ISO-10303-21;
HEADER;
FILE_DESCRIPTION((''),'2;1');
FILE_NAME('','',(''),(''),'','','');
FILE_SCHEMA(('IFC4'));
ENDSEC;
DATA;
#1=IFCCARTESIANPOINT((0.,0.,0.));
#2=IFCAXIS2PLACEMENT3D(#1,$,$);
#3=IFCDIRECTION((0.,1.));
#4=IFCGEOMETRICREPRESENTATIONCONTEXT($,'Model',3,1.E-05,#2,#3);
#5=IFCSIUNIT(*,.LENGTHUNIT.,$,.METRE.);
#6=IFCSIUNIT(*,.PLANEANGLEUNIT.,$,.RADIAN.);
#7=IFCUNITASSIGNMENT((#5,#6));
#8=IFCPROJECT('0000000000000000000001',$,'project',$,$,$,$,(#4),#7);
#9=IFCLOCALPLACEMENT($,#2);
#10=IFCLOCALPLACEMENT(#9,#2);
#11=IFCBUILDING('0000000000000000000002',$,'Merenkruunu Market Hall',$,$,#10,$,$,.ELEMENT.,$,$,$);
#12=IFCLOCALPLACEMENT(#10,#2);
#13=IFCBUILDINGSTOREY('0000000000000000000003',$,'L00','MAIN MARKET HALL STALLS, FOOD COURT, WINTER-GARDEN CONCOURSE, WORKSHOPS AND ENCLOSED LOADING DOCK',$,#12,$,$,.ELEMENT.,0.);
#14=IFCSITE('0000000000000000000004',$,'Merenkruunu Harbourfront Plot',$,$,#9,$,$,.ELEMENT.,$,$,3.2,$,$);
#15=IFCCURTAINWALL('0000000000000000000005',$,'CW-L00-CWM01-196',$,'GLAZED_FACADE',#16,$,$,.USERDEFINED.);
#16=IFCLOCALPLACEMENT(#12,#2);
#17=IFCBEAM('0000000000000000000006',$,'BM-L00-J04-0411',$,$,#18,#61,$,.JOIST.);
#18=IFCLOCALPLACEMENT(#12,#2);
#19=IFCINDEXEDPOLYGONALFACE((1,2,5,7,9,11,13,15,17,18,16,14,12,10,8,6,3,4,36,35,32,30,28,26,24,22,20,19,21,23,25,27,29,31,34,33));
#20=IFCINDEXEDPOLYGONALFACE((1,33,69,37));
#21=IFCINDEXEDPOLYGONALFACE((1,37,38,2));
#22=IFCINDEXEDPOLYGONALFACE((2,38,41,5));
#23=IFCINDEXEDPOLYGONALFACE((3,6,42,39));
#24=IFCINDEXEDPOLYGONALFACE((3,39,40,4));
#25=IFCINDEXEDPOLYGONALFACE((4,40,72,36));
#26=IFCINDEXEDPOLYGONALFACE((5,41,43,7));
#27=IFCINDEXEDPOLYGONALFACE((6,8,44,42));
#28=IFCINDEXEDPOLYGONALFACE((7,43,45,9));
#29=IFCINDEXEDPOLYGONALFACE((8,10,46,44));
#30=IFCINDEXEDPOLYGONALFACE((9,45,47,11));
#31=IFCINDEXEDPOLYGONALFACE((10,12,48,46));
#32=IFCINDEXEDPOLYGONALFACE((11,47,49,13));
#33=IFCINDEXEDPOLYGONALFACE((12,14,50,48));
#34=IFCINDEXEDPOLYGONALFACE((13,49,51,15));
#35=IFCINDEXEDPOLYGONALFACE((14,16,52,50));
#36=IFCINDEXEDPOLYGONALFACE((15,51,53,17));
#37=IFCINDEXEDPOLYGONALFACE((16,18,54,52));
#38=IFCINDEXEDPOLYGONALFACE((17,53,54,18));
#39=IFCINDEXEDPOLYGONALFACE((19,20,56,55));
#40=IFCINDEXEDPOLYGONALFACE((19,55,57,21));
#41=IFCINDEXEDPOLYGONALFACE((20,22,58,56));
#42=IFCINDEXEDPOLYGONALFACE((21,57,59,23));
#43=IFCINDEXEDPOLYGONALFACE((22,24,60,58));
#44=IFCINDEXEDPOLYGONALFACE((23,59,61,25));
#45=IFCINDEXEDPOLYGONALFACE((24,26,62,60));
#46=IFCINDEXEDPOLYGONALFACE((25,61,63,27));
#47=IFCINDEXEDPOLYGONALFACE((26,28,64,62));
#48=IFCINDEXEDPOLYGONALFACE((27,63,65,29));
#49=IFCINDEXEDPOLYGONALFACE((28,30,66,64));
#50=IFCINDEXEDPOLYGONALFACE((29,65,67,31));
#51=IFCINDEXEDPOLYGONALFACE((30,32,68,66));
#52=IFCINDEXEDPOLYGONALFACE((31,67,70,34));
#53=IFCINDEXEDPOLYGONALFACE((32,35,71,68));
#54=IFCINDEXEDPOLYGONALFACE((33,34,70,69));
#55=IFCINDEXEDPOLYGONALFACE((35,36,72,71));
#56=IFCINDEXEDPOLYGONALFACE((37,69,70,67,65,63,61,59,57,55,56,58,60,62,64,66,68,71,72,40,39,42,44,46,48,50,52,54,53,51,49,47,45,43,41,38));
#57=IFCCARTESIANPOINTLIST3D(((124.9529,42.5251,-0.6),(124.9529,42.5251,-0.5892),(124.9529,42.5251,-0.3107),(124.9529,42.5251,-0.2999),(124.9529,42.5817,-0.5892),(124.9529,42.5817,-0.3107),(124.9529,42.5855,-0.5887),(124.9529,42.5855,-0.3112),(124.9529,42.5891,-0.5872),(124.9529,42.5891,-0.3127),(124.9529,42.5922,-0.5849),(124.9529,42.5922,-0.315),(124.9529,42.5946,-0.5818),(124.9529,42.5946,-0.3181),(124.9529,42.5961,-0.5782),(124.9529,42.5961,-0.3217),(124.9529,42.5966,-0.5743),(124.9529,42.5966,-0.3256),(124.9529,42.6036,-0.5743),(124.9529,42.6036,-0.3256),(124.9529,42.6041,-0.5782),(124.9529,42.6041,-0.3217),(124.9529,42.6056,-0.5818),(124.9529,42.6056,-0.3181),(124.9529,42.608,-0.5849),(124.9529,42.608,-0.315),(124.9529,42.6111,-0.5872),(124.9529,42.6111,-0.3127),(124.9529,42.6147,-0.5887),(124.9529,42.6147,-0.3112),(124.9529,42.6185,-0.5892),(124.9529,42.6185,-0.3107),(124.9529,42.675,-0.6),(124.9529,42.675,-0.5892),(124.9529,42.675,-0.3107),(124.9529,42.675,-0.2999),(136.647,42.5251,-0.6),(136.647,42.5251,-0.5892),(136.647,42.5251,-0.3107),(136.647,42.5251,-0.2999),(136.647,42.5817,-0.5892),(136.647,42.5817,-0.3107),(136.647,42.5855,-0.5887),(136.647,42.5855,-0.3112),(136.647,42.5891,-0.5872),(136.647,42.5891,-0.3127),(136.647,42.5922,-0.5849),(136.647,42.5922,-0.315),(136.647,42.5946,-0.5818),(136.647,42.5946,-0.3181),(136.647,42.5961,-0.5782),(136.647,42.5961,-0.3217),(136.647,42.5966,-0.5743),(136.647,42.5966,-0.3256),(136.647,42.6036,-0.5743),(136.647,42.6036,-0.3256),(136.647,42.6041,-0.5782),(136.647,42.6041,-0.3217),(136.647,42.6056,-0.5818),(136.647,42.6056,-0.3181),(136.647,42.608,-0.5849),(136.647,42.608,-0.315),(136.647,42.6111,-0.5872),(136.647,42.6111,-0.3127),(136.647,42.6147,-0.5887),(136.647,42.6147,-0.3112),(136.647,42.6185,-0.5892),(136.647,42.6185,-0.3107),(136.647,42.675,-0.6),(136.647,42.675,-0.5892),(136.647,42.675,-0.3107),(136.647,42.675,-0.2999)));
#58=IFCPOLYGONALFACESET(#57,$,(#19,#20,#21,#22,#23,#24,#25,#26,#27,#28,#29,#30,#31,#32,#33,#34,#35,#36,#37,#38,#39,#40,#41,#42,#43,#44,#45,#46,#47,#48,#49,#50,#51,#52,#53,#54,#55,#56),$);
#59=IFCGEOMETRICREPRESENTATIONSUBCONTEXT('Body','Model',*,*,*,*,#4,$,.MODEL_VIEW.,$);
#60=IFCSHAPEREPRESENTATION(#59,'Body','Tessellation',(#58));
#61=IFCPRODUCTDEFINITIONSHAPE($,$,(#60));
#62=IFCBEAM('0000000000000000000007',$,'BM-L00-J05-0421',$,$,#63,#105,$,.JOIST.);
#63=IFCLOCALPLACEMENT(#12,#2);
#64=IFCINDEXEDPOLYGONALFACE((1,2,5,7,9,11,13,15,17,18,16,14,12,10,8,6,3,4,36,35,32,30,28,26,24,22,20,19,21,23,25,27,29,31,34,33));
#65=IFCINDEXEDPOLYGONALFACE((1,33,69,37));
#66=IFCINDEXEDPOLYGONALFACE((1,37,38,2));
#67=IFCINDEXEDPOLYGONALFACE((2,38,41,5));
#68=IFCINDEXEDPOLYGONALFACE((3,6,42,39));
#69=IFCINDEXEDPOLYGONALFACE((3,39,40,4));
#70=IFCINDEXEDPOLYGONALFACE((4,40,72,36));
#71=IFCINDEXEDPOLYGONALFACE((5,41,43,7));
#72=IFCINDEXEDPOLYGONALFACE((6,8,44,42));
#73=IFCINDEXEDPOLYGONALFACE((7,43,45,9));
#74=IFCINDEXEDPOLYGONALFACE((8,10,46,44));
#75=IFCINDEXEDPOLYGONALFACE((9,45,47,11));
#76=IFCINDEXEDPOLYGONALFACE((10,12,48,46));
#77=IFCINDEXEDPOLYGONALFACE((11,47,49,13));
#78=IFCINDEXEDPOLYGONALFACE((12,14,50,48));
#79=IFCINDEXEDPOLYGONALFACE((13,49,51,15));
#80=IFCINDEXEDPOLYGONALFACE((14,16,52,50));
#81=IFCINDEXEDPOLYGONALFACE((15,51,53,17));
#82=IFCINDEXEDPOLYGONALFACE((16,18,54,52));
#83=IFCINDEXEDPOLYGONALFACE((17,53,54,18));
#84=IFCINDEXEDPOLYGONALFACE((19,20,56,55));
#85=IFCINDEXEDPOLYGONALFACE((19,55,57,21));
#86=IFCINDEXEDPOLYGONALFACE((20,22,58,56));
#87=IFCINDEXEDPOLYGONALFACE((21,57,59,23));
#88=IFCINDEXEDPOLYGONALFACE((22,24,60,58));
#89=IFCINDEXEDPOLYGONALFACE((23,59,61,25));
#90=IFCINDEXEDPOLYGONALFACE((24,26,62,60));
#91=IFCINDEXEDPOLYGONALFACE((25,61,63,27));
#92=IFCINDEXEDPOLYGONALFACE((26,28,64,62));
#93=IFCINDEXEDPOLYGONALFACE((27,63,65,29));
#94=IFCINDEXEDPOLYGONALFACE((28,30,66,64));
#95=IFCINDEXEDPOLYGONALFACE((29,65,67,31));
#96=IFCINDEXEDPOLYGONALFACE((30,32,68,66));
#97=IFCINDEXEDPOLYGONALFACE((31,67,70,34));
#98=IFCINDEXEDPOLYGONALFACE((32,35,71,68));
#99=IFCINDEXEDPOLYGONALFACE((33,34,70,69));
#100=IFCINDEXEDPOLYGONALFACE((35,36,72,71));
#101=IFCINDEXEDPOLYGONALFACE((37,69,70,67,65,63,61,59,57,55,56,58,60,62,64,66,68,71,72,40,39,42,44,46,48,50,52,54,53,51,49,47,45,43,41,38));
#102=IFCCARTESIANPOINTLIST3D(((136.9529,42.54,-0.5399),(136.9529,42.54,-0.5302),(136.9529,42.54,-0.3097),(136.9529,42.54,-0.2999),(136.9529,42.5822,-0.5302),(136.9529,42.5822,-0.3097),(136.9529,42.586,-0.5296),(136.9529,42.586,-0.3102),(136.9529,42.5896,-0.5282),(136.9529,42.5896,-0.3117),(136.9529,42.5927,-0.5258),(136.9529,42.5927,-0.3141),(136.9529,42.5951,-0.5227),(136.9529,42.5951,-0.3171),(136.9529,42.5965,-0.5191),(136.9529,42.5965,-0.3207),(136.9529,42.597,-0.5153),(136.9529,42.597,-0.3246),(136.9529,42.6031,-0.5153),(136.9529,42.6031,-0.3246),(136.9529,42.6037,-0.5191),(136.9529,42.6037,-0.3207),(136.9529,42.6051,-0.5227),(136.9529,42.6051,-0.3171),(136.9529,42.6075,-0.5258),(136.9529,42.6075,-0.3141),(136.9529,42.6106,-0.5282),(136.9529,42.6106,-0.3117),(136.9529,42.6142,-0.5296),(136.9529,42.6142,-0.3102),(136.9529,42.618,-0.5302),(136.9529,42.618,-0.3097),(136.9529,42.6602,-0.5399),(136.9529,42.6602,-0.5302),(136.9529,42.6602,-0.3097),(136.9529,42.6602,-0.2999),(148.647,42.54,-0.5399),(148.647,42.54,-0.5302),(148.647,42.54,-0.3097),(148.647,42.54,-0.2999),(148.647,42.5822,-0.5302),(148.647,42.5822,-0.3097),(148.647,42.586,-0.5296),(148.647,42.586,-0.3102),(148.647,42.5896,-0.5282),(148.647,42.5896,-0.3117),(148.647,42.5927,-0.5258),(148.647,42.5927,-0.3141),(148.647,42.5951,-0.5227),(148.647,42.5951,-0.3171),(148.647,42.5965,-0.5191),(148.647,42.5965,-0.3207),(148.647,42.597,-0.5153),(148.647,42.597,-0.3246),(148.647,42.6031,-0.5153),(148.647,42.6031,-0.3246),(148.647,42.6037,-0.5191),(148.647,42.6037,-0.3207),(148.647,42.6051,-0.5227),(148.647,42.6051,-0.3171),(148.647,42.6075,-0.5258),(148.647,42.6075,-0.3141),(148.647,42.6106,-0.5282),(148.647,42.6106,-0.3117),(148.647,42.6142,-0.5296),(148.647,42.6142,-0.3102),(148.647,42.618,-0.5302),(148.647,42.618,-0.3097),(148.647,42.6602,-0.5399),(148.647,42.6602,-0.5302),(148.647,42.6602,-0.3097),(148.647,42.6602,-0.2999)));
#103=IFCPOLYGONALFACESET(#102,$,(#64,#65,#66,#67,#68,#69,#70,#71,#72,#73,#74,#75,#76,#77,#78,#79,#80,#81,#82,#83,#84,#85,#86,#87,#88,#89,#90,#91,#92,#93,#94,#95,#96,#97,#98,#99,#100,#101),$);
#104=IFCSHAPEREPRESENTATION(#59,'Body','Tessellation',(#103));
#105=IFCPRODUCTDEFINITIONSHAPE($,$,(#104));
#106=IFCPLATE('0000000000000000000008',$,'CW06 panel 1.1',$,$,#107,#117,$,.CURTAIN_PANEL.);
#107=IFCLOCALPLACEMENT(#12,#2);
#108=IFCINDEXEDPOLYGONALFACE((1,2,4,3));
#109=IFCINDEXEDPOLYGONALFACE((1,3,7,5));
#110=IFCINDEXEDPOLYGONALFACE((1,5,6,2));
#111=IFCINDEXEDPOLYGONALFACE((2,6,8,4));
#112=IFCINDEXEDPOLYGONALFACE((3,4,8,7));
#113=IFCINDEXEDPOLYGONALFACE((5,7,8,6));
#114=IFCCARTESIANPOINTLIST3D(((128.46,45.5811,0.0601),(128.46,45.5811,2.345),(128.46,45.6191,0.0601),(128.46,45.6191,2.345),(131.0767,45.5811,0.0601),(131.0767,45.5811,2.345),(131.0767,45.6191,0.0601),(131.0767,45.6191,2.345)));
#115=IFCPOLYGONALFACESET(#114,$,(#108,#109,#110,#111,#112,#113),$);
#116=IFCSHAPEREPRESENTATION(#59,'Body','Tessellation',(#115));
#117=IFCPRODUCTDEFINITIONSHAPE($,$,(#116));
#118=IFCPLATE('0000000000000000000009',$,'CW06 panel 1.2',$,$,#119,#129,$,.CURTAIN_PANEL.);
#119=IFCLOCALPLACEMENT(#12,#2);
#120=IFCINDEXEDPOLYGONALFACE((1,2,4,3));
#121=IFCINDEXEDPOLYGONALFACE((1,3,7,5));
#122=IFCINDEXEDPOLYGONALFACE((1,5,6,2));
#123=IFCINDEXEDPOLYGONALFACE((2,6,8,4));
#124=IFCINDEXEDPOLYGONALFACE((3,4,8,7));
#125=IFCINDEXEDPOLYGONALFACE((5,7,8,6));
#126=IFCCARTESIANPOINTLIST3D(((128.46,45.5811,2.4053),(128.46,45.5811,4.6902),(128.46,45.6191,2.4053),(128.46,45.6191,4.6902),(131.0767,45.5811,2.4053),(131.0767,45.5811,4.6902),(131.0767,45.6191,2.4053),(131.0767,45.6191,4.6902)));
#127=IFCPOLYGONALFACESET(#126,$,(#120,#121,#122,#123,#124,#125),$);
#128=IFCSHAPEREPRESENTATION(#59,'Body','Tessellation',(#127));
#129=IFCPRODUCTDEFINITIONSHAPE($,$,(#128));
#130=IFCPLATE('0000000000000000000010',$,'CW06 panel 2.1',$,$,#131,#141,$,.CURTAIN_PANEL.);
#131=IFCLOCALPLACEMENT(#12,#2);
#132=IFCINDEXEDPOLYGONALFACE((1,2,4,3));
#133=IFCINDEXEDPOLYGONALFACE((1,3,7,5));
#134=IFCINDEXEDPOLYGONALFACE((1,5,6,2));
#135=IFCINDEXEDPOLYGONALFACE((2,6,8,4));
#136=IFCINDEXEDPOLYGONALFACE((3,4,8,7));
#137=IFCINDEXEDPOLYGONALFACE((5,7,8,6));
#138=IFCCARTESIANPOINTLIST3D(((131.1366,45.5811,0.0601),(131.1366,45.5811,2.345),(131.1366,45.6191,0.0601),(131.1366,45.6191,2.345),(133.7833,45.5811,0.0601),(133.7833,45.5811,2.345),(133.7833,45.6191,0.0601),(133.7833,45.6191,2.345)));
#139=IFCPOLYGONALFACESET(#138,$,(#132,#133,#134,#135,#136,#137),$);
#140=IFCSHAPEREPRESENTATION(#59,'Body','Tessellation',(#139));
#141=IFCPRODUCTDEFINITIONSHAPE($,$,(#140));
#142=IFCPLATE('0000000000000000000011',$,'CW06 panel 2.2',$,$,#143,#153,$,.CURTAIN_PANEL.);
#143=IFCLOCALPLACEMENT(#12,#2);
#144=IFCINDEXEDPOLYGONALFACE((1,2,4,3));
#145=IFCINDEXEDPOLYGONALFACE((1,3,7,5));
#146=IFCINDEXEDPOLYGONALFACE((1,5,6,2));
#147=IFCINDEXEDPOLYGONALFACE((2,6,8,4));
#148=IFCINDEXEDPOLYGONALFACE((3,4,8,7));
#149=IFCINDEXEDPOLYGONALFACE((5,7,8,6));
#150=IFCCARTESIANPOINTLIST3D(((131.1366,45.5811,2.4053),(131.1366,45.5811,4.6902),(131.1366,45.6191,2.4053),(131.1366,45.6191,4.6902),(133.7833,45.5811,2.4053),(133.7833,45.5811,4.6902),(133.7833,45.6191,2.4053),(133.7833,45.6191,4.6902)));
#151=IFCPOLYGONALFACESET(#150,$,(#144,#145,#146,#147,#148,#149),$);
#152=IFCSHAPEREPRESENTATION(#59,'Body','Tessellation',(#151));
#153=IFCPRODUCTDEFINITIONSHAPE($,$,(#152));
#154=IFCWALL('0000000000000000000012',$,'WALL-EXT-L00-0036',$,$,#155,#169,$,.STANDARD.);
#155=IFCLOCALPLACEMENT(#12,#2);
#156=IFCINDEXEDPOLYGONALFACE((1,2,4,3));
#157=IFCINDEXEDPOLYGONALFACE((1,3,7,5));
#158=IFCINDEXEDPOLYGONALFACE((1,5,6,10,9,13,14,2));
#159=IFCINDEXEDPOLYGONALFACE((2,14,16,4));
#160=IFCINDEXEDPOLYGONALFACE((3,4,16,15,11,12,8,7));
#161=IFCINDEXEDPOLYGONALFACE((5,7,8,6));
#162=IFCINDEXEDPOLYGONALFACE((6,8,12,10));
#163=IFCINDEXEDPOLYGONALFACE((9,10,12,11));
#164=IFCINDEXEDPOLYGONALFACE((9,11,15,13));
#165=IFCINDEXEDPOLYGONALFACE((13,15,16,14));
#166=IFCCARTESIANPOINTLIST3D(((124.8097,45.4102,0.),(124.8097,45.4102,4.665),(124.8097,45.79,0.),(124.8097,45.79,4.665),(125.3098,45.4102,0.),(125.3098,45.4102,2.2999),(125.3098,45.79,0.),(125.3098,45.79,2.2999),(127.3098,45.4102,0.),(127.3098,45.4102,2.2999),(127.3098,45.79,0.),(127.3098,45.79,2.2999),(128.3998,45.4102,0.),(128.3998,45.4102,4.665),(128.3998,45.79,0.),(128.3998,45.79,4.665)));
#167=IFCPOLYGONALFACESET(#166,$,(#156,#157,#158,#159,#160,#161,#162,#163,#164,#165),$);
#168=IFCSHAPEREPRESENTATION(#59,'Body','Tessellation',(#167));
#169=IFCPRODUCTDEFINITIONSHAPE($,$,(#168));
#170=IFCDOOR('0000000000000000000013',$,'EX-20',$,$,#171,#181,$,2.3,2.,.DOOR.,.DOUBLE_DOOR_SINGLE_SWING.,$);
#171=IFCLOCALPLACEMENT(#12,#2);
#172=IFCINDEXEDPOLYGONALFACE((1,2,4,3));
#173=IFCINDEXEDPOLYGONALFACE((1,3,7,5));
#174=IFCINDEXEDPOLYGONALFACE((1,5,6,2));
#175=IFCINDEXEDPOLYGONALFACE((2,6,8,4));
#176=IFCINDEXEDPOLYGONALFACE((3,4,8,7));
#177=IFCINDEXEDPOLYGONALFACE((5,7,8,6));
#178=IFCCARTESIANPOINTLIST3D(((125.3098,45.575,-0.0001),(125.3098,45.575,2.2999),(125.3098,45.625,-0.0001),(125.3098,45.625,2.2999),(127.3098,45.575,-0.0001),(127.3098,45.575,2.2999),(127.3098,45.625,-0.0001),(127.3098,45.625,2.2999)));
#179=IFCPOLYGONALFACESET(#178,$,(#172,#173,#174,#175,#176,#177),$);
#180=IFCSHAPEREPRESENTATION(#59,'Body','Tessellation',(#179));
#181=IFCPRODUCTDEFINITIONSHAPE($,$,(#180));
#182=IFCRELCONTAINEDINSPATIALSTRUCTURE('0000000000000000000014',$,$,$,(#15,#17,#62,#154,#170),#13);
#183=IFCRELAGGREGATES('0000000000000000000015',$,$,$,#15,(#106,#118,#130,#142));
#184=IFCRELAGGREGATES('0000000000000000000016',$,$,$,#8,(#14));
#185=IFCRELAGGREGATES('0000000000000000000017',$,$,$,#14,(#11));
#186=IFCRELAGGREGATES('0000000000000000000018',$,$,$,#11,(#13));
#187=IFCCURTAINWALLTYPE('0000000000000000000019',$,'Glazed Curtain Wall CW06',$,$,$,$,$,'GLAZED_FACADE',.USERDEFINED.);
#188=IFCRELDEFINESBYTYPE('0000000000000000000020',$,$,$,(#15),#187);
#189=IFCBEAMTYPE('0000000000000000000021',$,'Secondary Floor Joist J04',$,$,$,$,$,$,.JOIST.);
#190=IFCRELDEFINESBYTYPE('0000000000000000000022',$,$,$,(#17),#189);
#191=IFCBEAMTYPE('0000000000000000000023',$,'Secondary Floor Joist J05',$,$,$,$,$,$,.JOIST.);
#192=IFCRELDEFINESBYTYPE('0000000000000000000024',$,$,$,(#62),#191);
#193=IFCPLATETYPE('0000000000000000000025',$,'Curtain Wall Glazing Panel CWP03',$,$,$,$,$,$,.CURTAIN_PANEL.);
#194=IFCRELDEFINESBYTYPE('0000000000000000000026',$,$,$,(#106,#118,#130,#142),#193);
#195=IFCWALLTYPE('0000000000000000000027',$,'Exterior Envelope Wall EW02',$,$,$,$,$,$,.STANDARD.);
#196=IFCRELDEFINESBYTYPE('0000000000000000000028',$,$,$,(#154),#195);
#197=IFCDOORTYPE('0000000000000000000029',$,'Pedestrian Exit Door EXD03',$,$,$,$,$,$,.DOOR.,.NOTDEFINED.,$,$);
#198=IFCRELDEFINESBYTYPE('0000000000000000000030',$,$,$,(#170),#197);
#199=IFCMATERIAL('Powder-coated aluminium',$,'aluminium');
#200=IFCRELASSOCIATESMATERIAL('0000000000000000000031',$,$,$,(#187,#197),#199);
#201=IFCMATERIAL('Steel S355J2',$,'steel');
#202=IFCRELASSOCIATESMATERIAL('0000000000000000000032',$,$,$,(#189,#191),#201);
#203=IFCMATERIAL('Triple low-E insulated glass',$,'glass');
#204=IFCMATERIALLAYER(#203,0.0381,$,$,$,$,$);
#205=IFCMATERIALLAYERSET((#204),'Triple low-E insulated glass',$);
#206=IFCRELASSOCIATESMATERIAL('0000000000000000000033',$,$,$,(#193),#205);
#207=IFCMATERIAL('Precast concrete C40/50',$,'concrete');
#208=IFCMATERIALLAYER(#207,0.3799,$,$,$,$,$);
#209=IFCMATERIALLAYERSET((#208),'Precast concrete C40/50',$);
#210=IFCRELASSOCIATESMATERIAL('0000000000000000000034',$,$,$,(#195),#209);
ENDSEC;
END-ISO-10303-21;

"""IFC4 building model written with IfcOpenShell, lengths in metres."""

from ifc_helpers import new_model, si_unit, direction, frame, frame_2d, origin, origin_2d, place, context, subcontext, project, spatial, rectangle, i_section, extrude, material, layer, layer_set, material_profile, profile_set, type_object, element, fill, aggregate, save


model = new_model("IFC4")

# Units and contexts
model_context = context("Model", 3, precision=1e-05, world=origin(), true_north=direction((0.0, 1.0)))
body_context = subcontext(model_context, "Body", "Model", "MODEL_VIEW")
ifc_project = project(units=[si_unit("LENGTHUNIT", "METRE"), si_unit("PLANEANGLEUNIT", "RADIAN")], contexts=[model_context])

# Site, building, storey
site_placement = place(None, origin())
site = spatial("IfcSite", under=ifc_project, at=site_placement, Name="Merenkruunu Harbourfront Plot", CompositionType="ELEMENT", RefElevation=3.2)
building_placement = place(site_placement, origin())
building = spatial("IfcBuilding", under=site, at=building_placement, Name="Merenkruunu Market Hall", CompositionType="ELEMENT")
storey_placement = place(building_placement, origin())
storey = spatial("IfcBuildingStorey", under=building, at=storey_placement, Name="L00", Description="MAIN MARKET HALL STALLS, FOOD COURT, WINTER-GARDEN CONCOURSE, WORKSHOPS AND ENCLOSED LOADING DOCK", CompositionType="ELEMENT", Elevation=0.0)

# Curtain wall
ifc_material_1 = material(Name="Powder-coated aluminium", Category="aluminium")
curtain_wall_type = type_object("IfcCurtainWallType", Name="Glazed Curtain Wall CW06", ElementType="GLAZED_FACADE", PredefinedType="USERDEFINED", material=ifc_material_1)
curtain_wall_placement = place(storey_placement, origin())
curtain_wall = element("IfcCurtainWall", 1, at=curtain_wall_placement, inside=storey, type_object=curtain_wall_type, Name="CW-L00-CWM01-196", ObjectType="GLAZED_FACADE", PredefinedType="USERDEFINED")

# Beams
ifc_material_2 = material(Name="Steel S355J2", Category="steel")
ifc_material_profile_1 = material_profile(ifc_material_2, i_section(OverallWidth=0.1499, OverallDepth=0.3, WebThickness=0.0071, FlangeThickness=0.0107, FilletRadius=0.0149, at=origin_2d()), Name="IPE 300")
ifc_profile_set_1 = profile_set([ifc_material_profile_1], Name="Steel S355J2")
beam_type_1 = type_object("IfcBeamType", Name="Secondary Floor Joist J04", PredefinedType="JOIST", material=ifc_profile_set_1)
beam_1_placement = place(storey_placement, frame((124.9529, 42.6001, -0.45), z_axis=(1.0, 0.0, 0.0), x_axis=(0.0, 1.0, 0.0)))
element("IfcBeam", 2, at=beam_1_placement, inside=storey, type_object=beam_type_1, Name="BM-L00-J04-0411", PredefinedType="JOIST", context=body_context, shape_type="SweptSolid", body=[
    extrude(i_section(OverallWidth=0.1499, OverallDepth=0.3, WebThickness=0.0071, FlangeThickness=0.0107, FilletRadius=0.0149, at=origin_2d()), origin(), (0.0, 0.0, 1.0), 11.6941),
])
ifc_material_profile_2 = material_profile(ifc_material_2, i_section(OverallWidth=0.1201, OverallDepth=0.24, WebThickness=0.0061, FlangeThickness=0.0098, FilletRadius=0.0149, at=origin_2d()), Name="IPE 240")
ifc_profile_set_2 = profile_set([ifc_material_profile_2], Name="Steel S355J2")
beam_type_2 = type_object("IfcBeamType", Name="Secondary Floor Joist J05", PredefinedType="JOIST", material=ifc_profile_set_2)
beam_2_placement = place(storey_placement, frame((136.9529, 42.6001, -0.4199), z_axis=(1.0, 0.0, 0.0), x_axis=(0.0, 1.0, 0.0)))
element("IfcBeam", 3, at=beam_2_placement, inside=storey, type_object=beam_type_2, Name="BM-L00-J05-0421", PredefinedType="JOIST", context=body_context, shape_type="SweptSolid", body=[
    extrude(i_section(OverallWidth=0.1201, OverallDepth=0.24, WebThickness=0.0061, FlangeThickness=0.0098, FilletRadius=0.0149, at=origin_2d()), origin(), (0.0, 0.0, 1.0), 11.6941),
])

# Plates
ifc_material_3 = material(Name="Triple low-E insulated glass", Category="glass")
ifc_layer_1 = layer(ifc_material_3, 0.0381)
ifc_layer_set_1 = layer_set([ifc_layer_1], Name="Triple low-E insulated glass")
plate_type = type_object("IfcPlateType", Name="Curtain Wall Glazing Panel CWP03", PredefinedType="CURTAIN_PANEL", material=ifc_layer_set_1)
plate_1_placement = place(storey_placement, frame((129.7683, 45.6001, 0.0601), z_axis=(0.0, 0.0, 1.0), x_axis=(1.0, 0.0, 0.0)))
plate_1 = element("IfcPlate", 4, at=plate_1_placement, type_object=plate_type, Name="CW06 panel 1.1", PredefinedType="CURTAIN_PANEL", context=body_context, shape_type="SweptSolid", body=[
    extrude(rectangle(XDim=2.6167, YDim=0.0381, at=origin_2d()), origin(), (0.0, 0.0, 1.0), 2.2849),
])
plate_2_placement = place(storey_placement, frame((129.7683, 45.6001, 2.4053), z_axis=(0.0, 0.0, 1.0), x_axis=(1.0, 0.0, 0.0)))
plate_2 = element("IfcPlate", 5, at=plate_2_placement, type_object=plate_type, Name="CW06 panel 1.2", PredefinedType="CURTAIN_PANEL", context=body_context, shape_type="SweptSolid", body=[
    extrude(rectangle(XDim=2.6167, YDim=0.0381, at=origin_2d()), origin(), (0.0, 0.0, 1.0), 2.2849),
])
plate_3_placement = place(storey_placement, frame((132.46, 45.6001, 0.0601), z_axis=(0.0, 0.0, 1.0), x_axis=(1.0, 0.0, 0.0)))
plate_3 = element("IfcPlate", 6, at=plate_3_placement, type_object=plate_type, Name="CW06 panel 2.1", PredefinedType="CURTAIN_PANEL", context=body_context, shape_type="SweptSolid", body=[
    extrude(rectangle(XDim=2.6467, YDim=0.0381, at=origin_2d()), origin(), (0.0, 0.0, 1.0), 2.2849),
])
plate_4_placement = place(storey_placement, frame((132.46, 45.6001, 2.4053), z_axis=(0.0, 0.0, 1.0), x_axis=(1.0, 0.0, 0.0)))
plate_4 = element("IfcPlate", 7, at=plate_4_placement, type_object=plate_type, Name="CW06 panel 2.2", PredefinedType="CURTAIN_PANEL", context=body_context, shape_type="SweptSolid", body=[
    extrude(rectangle(XDim=2.6467, YDim=0.0381, at=origin_2d()), origin(), (0.0, 0.0, 1.0), 2.2849),
])
aggregate(curtain_wall, [plate_1, plate_2, plate_3, plate_4])

# Wall, opening, door
ifc_material_4 = material(Name="Precast concrete C40/50", Category="concrete")
ifc_layer_2 = layer(ifc_material_4, 0.3799)
ifc_layer_set_2 = layer_set([ifc_layer_2], Name="Precast concrete C40/50")
wall_type_1 = type_object("IfcWallType", Name="Exterior Envelope Wall EW02", PredefinedType="STANDARD", material=ifc_layer_set_2)
wall_1_placement = place(storey_placement, frame((124.8098, 45.6001, 0.0), z_axis=(0.0, 0.0, 1.0), x_axis=(1.0, 0.0, 0.0)))
wall_1 = element("IfcWall", 8, at=wall_1_placement, inside=storey, type_object=wall_type_1, Name="WALL-EXT-L00-0036", PredefinedType="STANDARD", context=body_context, shape_type="SweptSolid", body=[
    extrude(rectangle(XDim=3.5901, YDim=0.3799, at=frame_2d((1.7949, 0.0))), origin(), (0.0, 0.0, 1.0), 4.665),
])
opening_placement = place(wall_1_placement, frame((0.5, 0.0, 0.0)))
opening = element("IfcOpeningElement", 9, at=opening_placement, cuts=wall_1, PredefinedType="OPENING", context=body_context, shape_type="SweptSolid", body=[
    extrude(rectangle(XDim=2.0, YDim=2.3, at=frame_2d((1.0, 1.1499))), frame((0.0, 0.2, 0.0), z_axis=(0.0, -1.0, 0.0), x_axis=(1.0, 0.0, 0.0)), (0.0, 0.0, 1.0), 0.3999),
])
door_type = type_object("IfcDoorType", Name="Pedestrian Exit Door EXD03", OperationType="NOTDEFINED", PredefinedType="DOOR", material=ifc_material_1)
door_placement = place(opening_placement, origin())
door = element("IfcDoor", 10, at=door_placement, inside=storey, type_object=door_type, Name="EX-20", OperationType="DOUBLE_DOOR_SINGLE_SWING", OverallHeight=2.3, OverallWidth=2.0, PredefinedType="DOOR", context=body_context, shape_type="SweptSolid", body=[
    extrude(rectangle(XDim=2.0, YDim=2.3, at=frame_2d((1.0, 1.1499))), frame((0.0, 0.0249, 0.0), z_axis=(0.0, -1.0, 0.0), x_axis=(1.0, 0.0, 0.0)), (0.0, 0.0, 1.0), 0.05),
])
fill(opening, door)

save(model, "model.ifc")
